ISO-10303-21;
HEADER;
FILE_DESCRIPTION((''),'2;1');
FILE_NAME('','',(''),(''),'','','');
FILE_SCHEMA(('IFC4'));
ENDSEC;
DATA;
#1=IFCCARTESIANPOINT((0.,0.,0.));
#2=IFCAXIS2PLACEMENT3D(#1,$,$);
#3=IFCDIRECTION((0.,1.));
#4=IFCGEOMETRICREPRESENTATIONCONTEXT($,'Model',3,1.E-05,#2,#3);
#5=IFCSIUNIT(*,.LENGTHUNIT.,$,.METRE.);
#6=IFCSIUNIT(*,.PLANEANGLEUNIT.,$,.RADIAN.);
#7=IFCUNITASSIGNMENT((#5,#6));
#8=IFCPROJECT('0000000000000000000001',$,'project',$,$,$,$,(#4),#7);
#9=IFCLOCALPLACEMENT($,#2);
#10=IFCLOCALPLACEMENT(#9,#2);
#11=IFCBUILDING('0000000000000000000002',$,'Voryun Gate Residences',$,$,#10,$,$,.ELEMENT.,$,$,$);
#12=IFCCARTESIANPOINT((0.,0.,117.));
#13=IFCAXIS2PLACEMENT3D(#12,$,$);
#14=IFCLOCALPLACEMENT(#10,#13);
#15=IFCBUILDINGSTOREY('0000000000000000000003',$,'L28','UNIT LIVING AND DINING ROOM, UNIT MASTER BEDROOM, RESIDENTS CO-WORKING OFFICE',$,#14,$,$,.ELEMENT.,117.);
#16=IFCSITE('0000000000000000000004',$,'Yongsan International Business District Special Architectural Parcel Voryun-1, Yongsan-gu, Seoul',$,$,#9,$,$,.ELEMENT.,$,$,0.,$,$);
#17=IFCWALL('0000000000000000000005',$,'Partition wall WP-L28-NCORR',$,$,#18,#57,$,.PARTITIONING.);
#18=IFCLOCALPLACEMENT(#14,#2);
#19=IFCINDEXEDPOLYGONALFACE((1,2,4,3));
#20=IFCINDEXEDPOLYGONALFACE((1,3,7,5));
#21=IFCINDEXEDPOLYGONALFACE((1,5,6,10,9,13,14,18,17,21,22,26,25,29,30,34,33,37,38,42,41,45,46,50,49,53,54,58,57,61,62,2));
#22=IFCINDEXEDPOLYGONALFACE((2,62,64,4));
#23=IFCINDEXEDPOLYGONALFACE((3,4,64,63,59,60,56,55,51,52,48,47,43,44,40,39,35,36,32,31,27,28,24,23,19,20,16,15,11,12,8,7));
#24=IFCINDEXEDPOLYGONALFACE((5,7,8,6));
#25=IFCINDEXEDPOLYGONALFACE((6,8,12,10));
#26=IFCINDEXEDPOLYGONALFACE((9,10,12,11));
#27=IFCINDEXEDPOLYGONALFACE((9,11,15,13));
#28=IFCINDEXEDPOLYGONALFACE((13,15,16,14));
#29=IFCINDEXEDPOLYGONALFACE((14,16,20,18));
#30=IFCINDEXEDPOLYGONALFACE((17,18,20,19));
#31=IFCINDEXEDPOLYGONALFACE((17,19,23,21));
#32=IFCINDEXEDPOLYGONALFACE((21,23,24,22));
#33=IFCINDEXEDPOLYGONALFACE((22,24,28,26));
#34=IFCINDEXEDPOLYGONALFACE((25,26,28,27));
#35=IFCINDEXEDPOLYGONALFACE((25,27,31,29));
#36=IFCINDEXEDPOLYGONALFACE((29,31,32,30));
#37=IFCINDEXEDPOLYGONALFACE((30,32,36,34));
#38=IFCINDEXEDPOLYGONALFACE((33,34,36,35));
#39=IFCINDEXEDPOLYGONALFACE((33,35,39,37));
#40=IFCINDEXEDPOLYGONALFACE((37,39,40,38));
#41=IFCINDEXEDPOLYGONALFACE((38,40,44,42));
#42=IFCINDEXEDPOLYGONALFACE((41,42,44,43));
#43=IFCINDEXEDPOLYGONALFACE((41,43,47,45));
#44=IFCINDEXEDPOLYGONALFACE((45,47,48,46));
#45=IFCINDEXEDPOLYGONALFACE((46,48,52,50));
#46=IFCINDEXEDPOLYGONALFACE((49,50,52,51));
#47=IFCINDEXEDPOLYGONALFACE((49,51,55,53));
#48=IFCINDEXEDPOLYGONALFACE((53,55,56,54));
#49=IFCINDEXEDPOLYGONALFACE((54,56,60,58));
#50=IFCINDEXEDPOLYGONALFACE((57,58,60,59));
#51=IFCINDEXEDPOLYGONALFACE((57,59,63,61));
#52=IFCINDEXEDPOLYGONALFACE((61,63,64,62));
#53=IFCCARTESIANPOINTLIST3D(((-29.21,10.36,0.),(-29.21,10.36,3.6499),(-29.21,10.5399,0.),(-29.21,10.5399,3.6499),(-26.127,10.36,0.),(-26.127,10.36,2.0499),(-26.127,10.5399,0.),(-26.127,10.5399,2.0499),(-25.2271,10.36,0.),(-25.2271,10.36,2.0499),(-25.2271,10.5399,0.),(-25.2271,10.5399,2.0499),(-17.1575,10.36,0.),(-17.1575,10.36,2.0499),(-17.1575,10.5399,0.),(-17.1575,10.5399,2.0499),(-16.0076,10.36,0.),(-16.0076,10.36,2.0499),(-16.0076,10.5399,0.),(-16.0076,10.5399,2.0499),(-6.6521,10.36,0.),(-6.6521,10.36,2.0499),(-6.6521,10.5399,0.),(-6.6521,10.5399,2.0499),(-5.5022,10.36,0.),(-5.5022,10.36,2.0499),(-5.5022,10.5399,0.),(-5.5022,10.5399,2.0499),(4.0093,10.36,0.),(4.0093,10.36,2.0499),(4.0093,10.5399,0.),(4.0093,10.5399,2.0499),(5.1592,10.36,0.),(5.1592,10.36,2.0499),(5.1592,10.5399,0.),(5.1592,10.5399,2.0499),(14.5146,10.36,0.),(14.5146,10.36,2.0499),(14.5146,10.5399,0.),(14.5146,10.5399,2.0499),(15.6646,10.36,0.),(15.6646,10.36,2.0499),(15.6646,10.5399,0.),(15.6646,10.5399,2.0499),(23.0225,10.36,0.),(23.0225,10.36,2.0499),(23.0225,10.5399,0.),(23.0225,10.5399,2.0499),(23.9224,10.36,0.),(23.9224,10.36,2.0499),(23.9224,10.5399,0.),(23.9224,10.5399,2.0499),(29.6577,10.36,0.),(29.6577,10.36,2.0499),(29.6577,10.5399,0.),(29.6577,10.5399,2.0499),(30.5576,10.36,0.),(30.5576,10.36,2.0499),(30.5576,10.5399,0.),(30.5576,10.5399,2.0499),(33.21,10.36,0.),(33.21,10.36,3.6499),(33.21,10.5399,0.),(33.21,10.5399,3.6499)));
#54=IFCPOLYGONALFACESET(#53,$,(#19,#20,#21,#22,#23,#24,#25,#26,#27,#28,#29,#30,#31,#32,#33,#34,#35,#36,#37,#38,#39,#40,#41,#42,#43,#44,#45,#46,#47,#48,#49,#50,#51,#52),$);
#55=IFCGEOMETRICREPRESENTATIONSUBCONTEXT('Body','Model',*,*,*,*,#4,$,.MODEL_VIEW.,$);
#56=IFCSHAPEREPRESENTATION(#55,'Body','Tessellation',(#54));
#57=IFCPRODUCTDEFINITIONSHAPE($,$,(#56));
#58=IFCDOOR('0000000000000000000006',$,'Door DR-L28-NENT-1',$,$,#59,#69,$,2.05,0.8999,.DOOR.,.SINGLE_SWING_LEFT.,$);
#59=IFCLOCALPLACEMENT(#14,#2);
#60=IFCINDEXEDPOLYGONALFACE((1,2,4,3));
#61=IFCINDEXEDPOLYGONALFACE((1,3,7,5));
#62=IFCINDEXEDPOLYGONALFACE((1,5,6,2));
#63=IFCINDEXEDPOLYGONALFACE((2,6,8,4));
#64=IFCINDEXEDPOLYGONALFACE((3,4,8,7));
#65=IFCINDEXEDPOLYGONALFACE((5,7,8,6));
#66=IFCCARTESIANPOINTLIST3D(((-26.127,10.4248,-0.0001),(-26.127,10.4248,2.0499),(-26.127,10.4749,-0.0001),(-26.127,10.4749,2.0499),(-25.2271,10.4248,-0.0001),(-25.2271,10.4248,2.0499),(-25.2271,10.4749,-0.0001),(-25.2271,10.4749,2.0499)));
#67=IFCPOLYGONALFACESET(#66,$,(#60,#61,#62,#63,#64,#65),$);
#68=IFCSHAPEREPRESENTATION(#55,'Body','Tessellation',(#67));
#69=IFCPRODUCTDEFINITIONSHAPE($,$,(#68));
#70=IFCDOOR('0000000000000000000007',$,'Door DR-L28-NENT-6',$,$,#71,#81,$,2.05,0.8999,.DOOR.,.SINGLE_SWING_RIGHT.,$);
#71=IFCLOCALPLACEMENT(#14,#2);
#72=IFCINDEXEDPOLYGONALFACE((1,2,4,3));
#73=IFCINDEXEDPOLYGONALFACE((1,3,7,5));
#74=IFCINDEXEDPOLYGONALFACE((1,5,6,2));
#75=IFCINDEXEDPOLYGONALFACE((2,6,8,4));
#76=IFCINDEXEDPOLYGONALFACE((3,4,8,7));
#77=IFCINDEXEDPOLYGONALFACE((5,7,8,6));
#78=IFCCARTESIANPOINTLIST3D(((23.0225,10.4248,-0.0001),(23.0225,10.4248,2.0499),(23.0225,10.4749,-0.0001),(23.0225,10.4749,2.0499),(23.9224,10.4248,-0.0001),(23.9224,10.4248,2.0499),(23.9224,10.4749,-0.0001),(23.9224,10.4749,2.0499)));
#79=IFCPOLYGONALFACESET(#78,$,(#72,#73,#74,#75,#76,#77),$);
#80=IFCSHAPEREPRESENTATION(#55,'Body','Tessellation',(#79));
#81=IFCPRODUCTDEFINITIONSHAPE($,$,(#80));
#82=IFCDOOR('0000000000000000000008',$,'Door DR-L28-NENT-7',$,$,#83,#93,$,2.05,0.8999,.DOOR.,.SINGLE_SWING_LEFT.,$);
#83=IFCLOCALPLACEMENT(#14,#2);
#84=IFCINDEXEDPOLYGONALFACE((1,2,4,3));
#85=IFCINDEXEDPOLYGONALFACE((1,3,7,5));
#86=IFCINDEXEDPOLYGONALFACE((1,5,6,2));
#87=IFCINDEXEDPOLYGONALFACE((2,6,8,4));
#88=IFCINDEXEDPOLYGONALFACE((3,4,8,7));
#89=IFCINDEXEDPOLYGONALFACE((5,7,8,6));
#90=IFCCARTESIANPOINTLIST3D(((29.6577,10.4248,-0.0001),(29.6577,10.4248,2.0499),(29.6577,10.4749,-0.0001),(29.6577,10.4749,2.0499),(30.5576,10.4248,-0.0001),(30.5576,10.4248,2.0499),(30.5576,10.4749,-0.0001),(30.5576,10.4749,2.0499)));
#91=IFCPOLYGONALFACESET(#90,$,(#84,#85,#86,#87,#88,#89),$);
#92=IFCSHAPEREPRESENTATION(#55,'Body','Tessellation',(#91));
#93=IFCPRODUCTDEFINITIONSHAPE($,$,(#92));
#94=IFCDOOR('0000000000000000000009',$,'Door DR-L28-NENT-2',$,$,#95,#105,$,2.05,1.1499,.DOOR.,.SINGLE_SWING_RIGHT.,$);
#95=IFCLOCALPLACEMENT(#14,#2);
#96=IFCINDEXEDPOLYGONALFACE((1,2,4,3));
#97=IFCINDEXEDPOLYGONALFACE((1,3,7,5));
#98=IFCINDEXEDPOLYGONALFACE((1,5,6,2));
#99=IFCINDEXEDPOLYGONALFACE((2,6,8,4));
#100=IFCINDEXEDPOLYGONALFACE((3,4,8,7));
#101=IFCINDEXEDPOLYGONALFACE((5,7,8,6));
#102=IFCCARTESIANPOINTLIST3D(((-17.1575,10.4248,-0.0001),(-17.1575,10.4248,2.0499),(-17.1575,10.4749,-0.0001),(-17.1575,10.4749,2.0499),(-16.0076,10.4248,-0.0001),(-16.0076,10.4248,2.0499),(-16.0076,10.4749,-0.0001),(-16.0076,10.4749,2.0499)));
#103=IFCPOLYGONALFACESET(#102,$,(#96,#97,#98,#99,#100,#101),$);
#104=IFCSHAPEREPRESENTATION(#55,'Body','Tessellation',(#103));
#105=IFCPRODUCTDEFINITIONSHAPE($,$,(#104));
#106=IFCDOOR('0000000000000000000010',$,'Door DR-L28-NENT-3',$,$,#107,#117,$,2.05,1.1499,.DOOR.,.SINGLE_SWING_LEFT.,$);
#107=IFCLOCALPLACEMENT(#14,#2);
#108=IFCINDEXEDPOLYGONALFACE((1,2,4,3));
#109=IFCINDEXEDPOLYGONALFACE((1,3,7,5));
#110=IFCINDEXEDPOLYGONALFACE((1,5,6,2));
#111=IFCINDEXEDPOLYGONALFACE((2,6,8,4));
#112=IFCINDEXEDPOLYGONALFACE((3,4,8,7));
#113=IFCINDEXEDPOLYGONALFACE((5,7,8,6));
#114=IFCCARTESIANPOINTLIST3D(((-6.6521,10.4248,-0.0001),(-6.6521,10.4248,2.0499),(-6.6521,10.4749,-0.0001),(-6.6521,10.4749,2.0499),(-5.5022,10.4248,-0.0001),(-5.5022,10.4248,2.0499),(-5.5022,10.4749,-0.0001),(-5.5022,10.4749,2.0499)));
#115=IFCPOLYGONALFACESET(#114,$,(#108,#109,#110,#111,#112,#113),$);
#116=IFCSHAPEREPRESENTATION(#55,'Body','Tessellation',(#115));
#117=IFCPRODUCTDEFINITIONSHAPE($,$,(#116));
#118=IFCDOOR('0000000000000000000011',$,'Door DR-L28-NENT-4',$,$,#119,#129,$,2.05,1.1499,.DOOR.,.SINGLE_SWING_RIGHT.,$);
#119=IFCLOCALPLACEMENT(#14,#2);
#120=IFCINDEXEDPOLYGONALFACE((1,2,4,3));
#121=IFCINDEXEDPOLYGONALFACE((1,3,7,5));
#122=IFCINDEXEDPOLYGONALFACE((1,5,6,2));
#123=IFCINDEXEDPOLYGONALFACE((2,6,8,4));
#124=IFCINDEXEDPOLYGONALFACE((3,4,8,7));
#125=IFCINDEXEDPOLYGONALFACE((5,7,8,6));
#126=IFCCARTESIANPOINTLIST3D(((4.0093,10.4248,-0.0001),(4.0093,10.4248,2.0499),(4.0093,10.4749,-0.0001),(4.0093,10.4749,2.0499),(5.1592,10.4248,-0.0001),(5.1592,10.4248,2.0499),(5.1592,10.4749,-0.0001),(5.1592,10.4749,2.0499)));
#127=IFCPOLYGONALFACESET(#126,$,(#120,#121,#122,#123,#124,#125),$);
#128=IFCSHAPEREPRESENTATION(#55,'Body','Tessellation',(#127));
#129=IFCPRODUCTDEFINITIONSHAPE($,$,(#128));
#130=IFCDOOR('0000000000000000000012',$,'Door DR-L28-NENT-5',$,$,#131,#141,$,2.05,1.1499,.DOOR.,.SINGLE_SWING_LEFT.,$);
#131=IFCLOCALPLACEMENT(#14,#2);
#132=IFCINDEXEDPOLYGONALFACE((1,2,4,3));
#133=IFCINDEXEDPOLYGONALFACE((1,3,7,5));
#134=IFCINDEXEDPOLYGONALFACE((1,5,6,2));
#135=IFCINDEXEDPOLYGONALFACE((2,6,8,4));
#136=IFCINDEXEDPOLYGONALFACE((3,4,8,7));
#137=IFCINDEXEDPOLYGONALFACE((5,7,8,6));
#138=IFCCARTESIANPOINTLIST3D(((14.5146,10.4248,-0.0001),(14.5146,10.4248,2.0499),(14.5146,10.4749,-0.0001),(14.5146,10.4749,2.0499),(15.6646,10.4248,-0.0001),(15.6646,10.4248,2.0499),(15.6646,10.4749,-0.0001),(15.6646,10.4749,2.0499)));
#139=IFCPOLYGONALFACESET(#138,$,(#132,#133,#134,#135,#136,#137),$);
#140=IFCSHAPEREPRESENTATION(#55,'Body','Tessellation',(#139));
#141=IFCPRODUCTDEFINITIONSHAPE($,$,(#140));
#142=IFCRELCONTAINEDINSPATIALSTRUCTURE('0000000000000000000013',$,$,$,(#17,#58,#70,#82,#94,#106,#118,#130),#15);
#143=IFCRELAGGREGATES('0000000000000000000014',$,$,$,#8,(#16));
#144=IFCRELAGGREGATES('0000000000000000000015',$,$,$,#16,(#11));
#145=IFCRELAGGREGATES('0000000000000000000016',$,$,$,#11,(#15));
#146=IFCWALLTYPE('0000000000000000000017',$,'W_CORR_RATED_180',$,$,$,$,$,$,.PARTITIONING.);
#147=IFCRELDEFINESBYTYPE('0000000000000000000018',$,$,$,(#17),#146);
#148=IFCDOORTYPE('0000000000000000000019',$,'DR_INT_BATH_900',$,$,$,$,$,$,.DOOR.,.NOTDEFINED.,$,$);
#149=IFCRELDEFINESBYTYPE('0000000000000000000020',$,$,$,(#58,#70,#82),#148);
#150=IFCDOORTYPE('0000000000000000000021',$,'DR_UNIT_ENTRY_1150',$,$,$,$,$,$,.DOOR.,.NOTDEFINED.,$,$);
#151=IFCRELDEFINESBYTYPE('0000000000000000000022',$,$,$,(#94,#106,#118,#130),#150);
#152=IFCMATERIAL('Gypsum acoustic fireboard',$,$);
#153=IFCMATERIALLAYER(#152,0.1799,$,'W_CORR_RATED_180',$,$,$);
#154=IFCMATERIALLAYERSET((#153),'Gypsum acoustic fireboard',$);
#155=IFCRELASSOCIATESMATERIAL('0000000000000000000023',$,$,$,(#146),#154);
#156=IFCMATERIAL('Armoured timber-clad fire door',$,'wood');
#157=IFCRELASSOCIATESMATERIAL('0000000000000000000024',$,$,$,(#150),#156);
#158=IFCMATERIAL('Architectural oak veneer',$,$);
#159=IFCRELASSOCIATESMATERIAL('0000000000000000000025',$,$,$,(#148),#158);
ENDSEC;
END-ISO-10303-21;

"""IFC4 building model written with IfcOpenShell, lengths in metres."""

from ifc_helpers import new_model, si_unit, direction, frame, frame_2d, origin, place, context, subcontext, project, spatial, rectangle, extrude, material, layer, layer_set, type_object, element, fill, save


model = new_model("IFC4")

# Units and contexts
model_context = context("Model", 3, precision=1e-05, world=origin(), true_north=direction((0.0, 1.0)))
body_context = subcontext(model_context, "Body", "Model", "MODEL_VIEW")
ifc_project = project(units=[si_unit("LENGTHUNIT", "METRE"), si_unit("PLANEANGLEUNIT", "RADIAN")], contexts=[model_context])

# Site, building, storey
site_placement = place(None, origin())
site = spatial("IfcSite", under=ifc_project, at=site_placement, Name="Yongsan International Business District Special Architectural Parcel Voryun-1, Yongsan-gu, Seoul", CompositionType="ELEMENT", RefElevation=0.0)
building_placement = place(site_placement, origin())
building = spatial("IfcBuilding", under=site, at=building_placement, Name="Voryun Gate Residences", CompositionType="ELEMENT")
storey_placement = place(building_placement, frame((0.0, 0.0, 117.0)))
storey = spatial("IfcBuildingStorey", under=building, at=storey_placement, Name="L28", Description="UNIT LIVING AND DINING ROOM, UNIT MASTER BEDROOM, RESIDENTS CO-WORKING OFFICE", CompositionType="ELEMENT", Elevation=117.0)

# Shared definitions
ifc_material_1 = material(Name="Gypsum acoustic fireboard")
ifc_layer_1 = layer(ifc_material_1, 0.1799, Name="W_CORR_RATED_180")
ifc_layer_set_1 = layer_set([ifc_layer_1], Name="Gypsum acoustic fireboard")
wall_type_1 = type_object("IfcWallType", Name="W_CORR_RATED_180", PredefinedType="PARTITIONING", material=ifc_layer_set_1)
ifc_material_2 = material(Name="Armoured timber-clad fire door", Category="wood")
door_type_1 = type_object("IfcDoorType", Name="DR_UNIT_ENTRY_1150", OperationType="NOTDEFINED", PredefinedType="DOOR", material=ifc_material_2)

# Wall, openings, doors
wall_1_placement = place(storey_placement, frame((-29.21, 10.45, 0.0), z_axis=(0.0, 0.0, 1.0), x_axis=(1.0, 0.0, 0.0)))
wall_1 = element("IfcWall", 1, at=wall_1_placement, inside=storey, type_object=wall_type_1, Name="Partition wall WP-L28-NCORR", PredefinedType="PARTITIONING", context=body_context, shape_type="SweptSolid", body=[
    extrude(rectangle(XDim=62.4199, YDim=0.1799, at=frame_2d((31.21, 0.0))), origin(), (0.0, 0.0, 1.0), 3.6499),
])
opening_1_placement = place(wall_1_placement, frame((3.083, 0.0, 0.0)))
opening_1 = element("IfcOpeningElement", 2, at=opening_1_placement, cuts=wall_1, PredefinedType="OPENING", context=body_context, shape_type="SweptSolid", body=[
    extrude(rectangle(XDim=0.8999, YDim=2.05, at=frame_2d((0.45, 1.0249))), frame((0.0, 0.0999, 0.0), z_axis=(0.0, -1.0, 0.0), x_axis=(1.0, 0.0, 0.0)), (0.0, 0.0, 1.0), 0.2),
])
opening_2_placement = place(wall_1_placement, frame((12.0525, 0.0, 0.0)))
opening_2 = element("IfcOpeningElement", 3, at=opening_2_placement, cuts=wall_1, PredefinedType="OPENING", context=body_context, shape_type="SweptSolid", body=[
    extrude(rectangle(XDim=1.1499, YDim=2.05, at=frame_2d((0.575, 1.0249))), frame((0.0, 0.0999, 0.0), z_axis=(0.0, -1.0, 0.0), x_axis=(1.0, 0.0, 0.0)), (0.0, 0.0, 1.0), 0.2),
])
opening_3_placement = place(wall_1_placement, frame((22.5579, 0.0, 0.0)))
opening_3 = element("IfcOpeningElement", 4, at=opening_3_placement, cuts=wall_1, PredefinedType="OPENING", context=body_context, shape_type="SweptSolid", body=[
    extrude(rectangle(XDim=1.1499, YDim=2.05, at=frame_2d((0.575, 1.0249))), frame((0.0, 0.0999, 0.0), z_axis=(0.0, -1.0, 0.0), x_axis=(1.0, 0.0, 0.0)), (0.0, 0.0, 1.0), 0.2),
])
opening_4_placement = place(wall_1_placement, frame((33.2192, 0.0, 0.0)))
opening_4 = element("IfcOpeningElement", 5, at=opening_4_placement, cuts=wall_1, PredefinedType="OPENING", context=body_context, shape_type="SweptSolid", body=[
    extrude(rectangle(XDim=1.1499, YDim=2.05, at=frame_2d((0.575, 1.0249))), frame((0.0, 0.0999, 0.0), z_axis=(0.0, -1.0, 0.0), x_axis=(1.0, 0.0, 0.0)), (0.0, 0.0, 1.0), 0.2),
])
opening_5_placement = place(wall_1_placement, frame((43.7246, 0.0, 0.0)))
opening_5 = element("IfcOpeningElement", 6, at=opening_5_placement, cuts=wall_1, PredefinedType="OPENING", context=body_context, shape_type="SweptSolid", body=[
    extrude(rectangle(XDim=1.1499, YDim=2.05, at=frame_2d((0.575, 1.0249))), frame((0.0, 0.0999, 0.0), z_axis=(0.0, -1.0, 0.0), x_axis=(1.0, 0.0, 0.0)), (0.0, 0.0, 1.0), 0.2),
])
opening_6_placement = place(wall_1_placement, frame((52.2324, 0.0, 0.0)))
opening_6 = element("IfcOpeningElement", 7, at=opening_6_placement, cuts=wall_1, PredefinedType="OPENING", context=body_context, shape_type="SweptSolid", body=[
    extrude(rectangle(XDim=0.8999, YDim=2.05, at=frame_2d((0.45, 1.0249))), frame((0.0, 0.0999, 0.0), z_axis=(0.0, -1.0, 0.0), x_axis=(1.0, 0.0, 0.0)), (0.0, 0.0, 1.0), 0.2),
])
opening_7_placement = place(wall_1_placement, frame((58.8677, 0.0, 0.0)))
opening_7 = element("IfcOpeningElement", 8, at=opening_7_placement, cuts=wall_1, PredefinedType="OPENING", context=body_context, shape_type="SweptSolid", body=[
    extrude(rectangle(XDim=0.8999, YDim=2.05, at=frame_2d((0.45, 1.0249))), frame((0.0, 0.0999, 0.0), z_axis=(0.0, -1.0, 0.0), x_axis=(1.0, 0.0, 0.0)), (0.0, 0.0, 1.0), 0.2),
])
ifc_material_3 = material(Name="Architectural oak veneer")
door_type_2 = type_object("IfcDoorType", Name="DR_INT_BATH_900", OperationType="NOTDEFINED", PredefinedType="DOOR", material=ifc_material_3)
door_1_placement = place(opening_1_placement, origin())
door_1 = element("IfcDoor", 9, at=door_1_placement, inside=storey, type_object=door_type_2, Name="Door DR-L28-NENT-1", OperationType="SINGLE_SWING_LEFT", OverallHeight=2.05, OverallWidth=0.8999, PredefinedType="DOOR", context=body_context, shape_type="SweptSolid", body=[
    extrude(rectangle(XDim=0.8999, YDim=2.05, at=frame_2d((0.45, 1.0249))), frame((0.0, 0.0249, 0.0), z_axis=(0.0, -1.0, 0.0), x_axis=(1.0, 0.0, 0.0)), (0.0, 0.0, 1.0), 0.05),
])
fill(opening_1, door_1)
door_2_placement = place(opening_6_placement, origin())
door_2 = element("IfcDoor", 10, at=door_2_placement, inside=storey, type_object=door_type_2, Name="Door DR-L28-NENT-6", OperationType="SINGLE_SWING_RIGHT", OverallHeight=2.05, OverallWidth=0.8999, PredefinedType="DOOR", context=body_context, shape_type="SweptSolid", body=[
    extrude(rectangle(XDim=0.8999, YDim=2.05, at=frame_2d((0.45, 1.0249))), frame((0.0, 0.0249, 0.0), z_axis=(0.0, -1.0, 0.0), x_axis=(1.0, 0.0, 0.0)), (0.0, 0.0, 1.0), 0.05),
])
fill(opening_6, door_2)
door_3_placement = place(opening_7_placement, origin())
door_3 = element("IfcDoor", 11, at=door_3_placement, inside=storey, type_object=door_type_2, Name="Door DR-L28-NENT-7", OperationType="SINGLE_SWING_LEFT", OverallHeight=2.05, OverallWidth=0.8999, PredefinedType="DOOR", context=body_context, shape_type="SweptSolid", body=[
    extrude(rectangle(XDim=0.8999, YDim=2.05, at=frame_2d((0.45, 1.0249))), frame((0.0, 0.0249, 0.0), z_axis=(0.0, -1.0, 0.0), x_axis=(1.0, 0.0, 0.0)), (0.0, 0.0, 1.0), 0.05),
])
fill(opening_7, door_3)
door_4_placement = place(opening_2_placement, origin())
door_4 = element("IfcDoor", 12, at=door_4_placement, inside=storey, type_object=door_type_1, Name="Door DR-L28-NENT-2", OperationType="SINGLE_SWING_RIGHT", OverallHeight=2.05, OverallWidth=1.1499, PredefinedType="DOOR", context=body_context, shape_type="SweptSolid", body=[
    extrude(rectangle(XDim=1.1499, YDim=2.05, at=frame_2d((0.575, 1.0249))), frame((0.0, 0.0249, 0.0), z_axis=(0.0, -1.0, 0.0), x_axis=(1.0, 0.0, 0.0)), (0.0, 0.0, 1.0), 0.05),
])
fill(opening_2, door_4)
door_5_placement = place(opening_3_placement, origin())
door_5 = element("IfcDoor", 13, at=door_5_placement, inside=storey, type_object=door_type_1, Name="Door DR-L28-NENT-3", OperationType="SINGLE_SWING_LEFT", OverallHeight=2.05, OverallWidth=1.1499, PredefinedType="DOOR", context=body_context, shape_type="SweptSolid", body=[
    extrude(rectangle(XDim=1.1499, YDim=2.05, at=frame_2d((0.575, 1.0249))), frame((0.0, 0.0249, 0.0), z_axis=(0.0, -1.0, 0.0), x_axis=(1.0, 0.0, 0.0)), (0.0, 0.0, 1.0), 0.05),
])
fill(opening_3, door_5)
door_6_placement = place(opening_4_placement, origin())
door_6 = element("IfcDoor", 14, at=door_6_placement, inside=storey, type_object=door_type_1, Name="Door DR-L28-NENT-4", OperationType="SINGLE_SWING_RIGHT", OverallHeight=2.05, OverallWidth=1.1499, PredefinedType="DOOR", context=body_context, shape_type="SweptSolid", body=[
    extrude(rectangle(XDim=1.1499, YDim=2.05, at=frame_2d((0.575, 1.0249))), frame((0.0, 0.0249, 0.0), z_axis=(0.0, -1.0, 0.0), x_axis=(1.0, 0.0, 0.0)), (0.0, 0.0, 1.0), 0.05),
])
fill(opening_4, door_6)
door_7_placement = place(opening_5_placement, origin())
door_7 = element("IfcDoor", 15, at=door_7_placement, inside=storey, type_object=door_type_1, Name="Door DR-L28-NENT-5", OperationType="SINGLE_SWING_LEFT", OverallHeight=2.05, OverallWidth=1.1499, PredefinedType="DOOR", context=body_context, shape_type="SweptSolid", body=[
    extrude(rectangle(XDim=1.1499, YDim=2.05, at=frame_2d((0.575, 1.0249))), frame((0.0, 0.0249, 0.0), z_axis=(0.0, -1.0, 0.0), x_axis=(1.0, 0.0, 0.0)), (0.0, 0.0, 1.0), 0.05),
])
fill(opening_5, door_7)

save(model, "model.ifc")
